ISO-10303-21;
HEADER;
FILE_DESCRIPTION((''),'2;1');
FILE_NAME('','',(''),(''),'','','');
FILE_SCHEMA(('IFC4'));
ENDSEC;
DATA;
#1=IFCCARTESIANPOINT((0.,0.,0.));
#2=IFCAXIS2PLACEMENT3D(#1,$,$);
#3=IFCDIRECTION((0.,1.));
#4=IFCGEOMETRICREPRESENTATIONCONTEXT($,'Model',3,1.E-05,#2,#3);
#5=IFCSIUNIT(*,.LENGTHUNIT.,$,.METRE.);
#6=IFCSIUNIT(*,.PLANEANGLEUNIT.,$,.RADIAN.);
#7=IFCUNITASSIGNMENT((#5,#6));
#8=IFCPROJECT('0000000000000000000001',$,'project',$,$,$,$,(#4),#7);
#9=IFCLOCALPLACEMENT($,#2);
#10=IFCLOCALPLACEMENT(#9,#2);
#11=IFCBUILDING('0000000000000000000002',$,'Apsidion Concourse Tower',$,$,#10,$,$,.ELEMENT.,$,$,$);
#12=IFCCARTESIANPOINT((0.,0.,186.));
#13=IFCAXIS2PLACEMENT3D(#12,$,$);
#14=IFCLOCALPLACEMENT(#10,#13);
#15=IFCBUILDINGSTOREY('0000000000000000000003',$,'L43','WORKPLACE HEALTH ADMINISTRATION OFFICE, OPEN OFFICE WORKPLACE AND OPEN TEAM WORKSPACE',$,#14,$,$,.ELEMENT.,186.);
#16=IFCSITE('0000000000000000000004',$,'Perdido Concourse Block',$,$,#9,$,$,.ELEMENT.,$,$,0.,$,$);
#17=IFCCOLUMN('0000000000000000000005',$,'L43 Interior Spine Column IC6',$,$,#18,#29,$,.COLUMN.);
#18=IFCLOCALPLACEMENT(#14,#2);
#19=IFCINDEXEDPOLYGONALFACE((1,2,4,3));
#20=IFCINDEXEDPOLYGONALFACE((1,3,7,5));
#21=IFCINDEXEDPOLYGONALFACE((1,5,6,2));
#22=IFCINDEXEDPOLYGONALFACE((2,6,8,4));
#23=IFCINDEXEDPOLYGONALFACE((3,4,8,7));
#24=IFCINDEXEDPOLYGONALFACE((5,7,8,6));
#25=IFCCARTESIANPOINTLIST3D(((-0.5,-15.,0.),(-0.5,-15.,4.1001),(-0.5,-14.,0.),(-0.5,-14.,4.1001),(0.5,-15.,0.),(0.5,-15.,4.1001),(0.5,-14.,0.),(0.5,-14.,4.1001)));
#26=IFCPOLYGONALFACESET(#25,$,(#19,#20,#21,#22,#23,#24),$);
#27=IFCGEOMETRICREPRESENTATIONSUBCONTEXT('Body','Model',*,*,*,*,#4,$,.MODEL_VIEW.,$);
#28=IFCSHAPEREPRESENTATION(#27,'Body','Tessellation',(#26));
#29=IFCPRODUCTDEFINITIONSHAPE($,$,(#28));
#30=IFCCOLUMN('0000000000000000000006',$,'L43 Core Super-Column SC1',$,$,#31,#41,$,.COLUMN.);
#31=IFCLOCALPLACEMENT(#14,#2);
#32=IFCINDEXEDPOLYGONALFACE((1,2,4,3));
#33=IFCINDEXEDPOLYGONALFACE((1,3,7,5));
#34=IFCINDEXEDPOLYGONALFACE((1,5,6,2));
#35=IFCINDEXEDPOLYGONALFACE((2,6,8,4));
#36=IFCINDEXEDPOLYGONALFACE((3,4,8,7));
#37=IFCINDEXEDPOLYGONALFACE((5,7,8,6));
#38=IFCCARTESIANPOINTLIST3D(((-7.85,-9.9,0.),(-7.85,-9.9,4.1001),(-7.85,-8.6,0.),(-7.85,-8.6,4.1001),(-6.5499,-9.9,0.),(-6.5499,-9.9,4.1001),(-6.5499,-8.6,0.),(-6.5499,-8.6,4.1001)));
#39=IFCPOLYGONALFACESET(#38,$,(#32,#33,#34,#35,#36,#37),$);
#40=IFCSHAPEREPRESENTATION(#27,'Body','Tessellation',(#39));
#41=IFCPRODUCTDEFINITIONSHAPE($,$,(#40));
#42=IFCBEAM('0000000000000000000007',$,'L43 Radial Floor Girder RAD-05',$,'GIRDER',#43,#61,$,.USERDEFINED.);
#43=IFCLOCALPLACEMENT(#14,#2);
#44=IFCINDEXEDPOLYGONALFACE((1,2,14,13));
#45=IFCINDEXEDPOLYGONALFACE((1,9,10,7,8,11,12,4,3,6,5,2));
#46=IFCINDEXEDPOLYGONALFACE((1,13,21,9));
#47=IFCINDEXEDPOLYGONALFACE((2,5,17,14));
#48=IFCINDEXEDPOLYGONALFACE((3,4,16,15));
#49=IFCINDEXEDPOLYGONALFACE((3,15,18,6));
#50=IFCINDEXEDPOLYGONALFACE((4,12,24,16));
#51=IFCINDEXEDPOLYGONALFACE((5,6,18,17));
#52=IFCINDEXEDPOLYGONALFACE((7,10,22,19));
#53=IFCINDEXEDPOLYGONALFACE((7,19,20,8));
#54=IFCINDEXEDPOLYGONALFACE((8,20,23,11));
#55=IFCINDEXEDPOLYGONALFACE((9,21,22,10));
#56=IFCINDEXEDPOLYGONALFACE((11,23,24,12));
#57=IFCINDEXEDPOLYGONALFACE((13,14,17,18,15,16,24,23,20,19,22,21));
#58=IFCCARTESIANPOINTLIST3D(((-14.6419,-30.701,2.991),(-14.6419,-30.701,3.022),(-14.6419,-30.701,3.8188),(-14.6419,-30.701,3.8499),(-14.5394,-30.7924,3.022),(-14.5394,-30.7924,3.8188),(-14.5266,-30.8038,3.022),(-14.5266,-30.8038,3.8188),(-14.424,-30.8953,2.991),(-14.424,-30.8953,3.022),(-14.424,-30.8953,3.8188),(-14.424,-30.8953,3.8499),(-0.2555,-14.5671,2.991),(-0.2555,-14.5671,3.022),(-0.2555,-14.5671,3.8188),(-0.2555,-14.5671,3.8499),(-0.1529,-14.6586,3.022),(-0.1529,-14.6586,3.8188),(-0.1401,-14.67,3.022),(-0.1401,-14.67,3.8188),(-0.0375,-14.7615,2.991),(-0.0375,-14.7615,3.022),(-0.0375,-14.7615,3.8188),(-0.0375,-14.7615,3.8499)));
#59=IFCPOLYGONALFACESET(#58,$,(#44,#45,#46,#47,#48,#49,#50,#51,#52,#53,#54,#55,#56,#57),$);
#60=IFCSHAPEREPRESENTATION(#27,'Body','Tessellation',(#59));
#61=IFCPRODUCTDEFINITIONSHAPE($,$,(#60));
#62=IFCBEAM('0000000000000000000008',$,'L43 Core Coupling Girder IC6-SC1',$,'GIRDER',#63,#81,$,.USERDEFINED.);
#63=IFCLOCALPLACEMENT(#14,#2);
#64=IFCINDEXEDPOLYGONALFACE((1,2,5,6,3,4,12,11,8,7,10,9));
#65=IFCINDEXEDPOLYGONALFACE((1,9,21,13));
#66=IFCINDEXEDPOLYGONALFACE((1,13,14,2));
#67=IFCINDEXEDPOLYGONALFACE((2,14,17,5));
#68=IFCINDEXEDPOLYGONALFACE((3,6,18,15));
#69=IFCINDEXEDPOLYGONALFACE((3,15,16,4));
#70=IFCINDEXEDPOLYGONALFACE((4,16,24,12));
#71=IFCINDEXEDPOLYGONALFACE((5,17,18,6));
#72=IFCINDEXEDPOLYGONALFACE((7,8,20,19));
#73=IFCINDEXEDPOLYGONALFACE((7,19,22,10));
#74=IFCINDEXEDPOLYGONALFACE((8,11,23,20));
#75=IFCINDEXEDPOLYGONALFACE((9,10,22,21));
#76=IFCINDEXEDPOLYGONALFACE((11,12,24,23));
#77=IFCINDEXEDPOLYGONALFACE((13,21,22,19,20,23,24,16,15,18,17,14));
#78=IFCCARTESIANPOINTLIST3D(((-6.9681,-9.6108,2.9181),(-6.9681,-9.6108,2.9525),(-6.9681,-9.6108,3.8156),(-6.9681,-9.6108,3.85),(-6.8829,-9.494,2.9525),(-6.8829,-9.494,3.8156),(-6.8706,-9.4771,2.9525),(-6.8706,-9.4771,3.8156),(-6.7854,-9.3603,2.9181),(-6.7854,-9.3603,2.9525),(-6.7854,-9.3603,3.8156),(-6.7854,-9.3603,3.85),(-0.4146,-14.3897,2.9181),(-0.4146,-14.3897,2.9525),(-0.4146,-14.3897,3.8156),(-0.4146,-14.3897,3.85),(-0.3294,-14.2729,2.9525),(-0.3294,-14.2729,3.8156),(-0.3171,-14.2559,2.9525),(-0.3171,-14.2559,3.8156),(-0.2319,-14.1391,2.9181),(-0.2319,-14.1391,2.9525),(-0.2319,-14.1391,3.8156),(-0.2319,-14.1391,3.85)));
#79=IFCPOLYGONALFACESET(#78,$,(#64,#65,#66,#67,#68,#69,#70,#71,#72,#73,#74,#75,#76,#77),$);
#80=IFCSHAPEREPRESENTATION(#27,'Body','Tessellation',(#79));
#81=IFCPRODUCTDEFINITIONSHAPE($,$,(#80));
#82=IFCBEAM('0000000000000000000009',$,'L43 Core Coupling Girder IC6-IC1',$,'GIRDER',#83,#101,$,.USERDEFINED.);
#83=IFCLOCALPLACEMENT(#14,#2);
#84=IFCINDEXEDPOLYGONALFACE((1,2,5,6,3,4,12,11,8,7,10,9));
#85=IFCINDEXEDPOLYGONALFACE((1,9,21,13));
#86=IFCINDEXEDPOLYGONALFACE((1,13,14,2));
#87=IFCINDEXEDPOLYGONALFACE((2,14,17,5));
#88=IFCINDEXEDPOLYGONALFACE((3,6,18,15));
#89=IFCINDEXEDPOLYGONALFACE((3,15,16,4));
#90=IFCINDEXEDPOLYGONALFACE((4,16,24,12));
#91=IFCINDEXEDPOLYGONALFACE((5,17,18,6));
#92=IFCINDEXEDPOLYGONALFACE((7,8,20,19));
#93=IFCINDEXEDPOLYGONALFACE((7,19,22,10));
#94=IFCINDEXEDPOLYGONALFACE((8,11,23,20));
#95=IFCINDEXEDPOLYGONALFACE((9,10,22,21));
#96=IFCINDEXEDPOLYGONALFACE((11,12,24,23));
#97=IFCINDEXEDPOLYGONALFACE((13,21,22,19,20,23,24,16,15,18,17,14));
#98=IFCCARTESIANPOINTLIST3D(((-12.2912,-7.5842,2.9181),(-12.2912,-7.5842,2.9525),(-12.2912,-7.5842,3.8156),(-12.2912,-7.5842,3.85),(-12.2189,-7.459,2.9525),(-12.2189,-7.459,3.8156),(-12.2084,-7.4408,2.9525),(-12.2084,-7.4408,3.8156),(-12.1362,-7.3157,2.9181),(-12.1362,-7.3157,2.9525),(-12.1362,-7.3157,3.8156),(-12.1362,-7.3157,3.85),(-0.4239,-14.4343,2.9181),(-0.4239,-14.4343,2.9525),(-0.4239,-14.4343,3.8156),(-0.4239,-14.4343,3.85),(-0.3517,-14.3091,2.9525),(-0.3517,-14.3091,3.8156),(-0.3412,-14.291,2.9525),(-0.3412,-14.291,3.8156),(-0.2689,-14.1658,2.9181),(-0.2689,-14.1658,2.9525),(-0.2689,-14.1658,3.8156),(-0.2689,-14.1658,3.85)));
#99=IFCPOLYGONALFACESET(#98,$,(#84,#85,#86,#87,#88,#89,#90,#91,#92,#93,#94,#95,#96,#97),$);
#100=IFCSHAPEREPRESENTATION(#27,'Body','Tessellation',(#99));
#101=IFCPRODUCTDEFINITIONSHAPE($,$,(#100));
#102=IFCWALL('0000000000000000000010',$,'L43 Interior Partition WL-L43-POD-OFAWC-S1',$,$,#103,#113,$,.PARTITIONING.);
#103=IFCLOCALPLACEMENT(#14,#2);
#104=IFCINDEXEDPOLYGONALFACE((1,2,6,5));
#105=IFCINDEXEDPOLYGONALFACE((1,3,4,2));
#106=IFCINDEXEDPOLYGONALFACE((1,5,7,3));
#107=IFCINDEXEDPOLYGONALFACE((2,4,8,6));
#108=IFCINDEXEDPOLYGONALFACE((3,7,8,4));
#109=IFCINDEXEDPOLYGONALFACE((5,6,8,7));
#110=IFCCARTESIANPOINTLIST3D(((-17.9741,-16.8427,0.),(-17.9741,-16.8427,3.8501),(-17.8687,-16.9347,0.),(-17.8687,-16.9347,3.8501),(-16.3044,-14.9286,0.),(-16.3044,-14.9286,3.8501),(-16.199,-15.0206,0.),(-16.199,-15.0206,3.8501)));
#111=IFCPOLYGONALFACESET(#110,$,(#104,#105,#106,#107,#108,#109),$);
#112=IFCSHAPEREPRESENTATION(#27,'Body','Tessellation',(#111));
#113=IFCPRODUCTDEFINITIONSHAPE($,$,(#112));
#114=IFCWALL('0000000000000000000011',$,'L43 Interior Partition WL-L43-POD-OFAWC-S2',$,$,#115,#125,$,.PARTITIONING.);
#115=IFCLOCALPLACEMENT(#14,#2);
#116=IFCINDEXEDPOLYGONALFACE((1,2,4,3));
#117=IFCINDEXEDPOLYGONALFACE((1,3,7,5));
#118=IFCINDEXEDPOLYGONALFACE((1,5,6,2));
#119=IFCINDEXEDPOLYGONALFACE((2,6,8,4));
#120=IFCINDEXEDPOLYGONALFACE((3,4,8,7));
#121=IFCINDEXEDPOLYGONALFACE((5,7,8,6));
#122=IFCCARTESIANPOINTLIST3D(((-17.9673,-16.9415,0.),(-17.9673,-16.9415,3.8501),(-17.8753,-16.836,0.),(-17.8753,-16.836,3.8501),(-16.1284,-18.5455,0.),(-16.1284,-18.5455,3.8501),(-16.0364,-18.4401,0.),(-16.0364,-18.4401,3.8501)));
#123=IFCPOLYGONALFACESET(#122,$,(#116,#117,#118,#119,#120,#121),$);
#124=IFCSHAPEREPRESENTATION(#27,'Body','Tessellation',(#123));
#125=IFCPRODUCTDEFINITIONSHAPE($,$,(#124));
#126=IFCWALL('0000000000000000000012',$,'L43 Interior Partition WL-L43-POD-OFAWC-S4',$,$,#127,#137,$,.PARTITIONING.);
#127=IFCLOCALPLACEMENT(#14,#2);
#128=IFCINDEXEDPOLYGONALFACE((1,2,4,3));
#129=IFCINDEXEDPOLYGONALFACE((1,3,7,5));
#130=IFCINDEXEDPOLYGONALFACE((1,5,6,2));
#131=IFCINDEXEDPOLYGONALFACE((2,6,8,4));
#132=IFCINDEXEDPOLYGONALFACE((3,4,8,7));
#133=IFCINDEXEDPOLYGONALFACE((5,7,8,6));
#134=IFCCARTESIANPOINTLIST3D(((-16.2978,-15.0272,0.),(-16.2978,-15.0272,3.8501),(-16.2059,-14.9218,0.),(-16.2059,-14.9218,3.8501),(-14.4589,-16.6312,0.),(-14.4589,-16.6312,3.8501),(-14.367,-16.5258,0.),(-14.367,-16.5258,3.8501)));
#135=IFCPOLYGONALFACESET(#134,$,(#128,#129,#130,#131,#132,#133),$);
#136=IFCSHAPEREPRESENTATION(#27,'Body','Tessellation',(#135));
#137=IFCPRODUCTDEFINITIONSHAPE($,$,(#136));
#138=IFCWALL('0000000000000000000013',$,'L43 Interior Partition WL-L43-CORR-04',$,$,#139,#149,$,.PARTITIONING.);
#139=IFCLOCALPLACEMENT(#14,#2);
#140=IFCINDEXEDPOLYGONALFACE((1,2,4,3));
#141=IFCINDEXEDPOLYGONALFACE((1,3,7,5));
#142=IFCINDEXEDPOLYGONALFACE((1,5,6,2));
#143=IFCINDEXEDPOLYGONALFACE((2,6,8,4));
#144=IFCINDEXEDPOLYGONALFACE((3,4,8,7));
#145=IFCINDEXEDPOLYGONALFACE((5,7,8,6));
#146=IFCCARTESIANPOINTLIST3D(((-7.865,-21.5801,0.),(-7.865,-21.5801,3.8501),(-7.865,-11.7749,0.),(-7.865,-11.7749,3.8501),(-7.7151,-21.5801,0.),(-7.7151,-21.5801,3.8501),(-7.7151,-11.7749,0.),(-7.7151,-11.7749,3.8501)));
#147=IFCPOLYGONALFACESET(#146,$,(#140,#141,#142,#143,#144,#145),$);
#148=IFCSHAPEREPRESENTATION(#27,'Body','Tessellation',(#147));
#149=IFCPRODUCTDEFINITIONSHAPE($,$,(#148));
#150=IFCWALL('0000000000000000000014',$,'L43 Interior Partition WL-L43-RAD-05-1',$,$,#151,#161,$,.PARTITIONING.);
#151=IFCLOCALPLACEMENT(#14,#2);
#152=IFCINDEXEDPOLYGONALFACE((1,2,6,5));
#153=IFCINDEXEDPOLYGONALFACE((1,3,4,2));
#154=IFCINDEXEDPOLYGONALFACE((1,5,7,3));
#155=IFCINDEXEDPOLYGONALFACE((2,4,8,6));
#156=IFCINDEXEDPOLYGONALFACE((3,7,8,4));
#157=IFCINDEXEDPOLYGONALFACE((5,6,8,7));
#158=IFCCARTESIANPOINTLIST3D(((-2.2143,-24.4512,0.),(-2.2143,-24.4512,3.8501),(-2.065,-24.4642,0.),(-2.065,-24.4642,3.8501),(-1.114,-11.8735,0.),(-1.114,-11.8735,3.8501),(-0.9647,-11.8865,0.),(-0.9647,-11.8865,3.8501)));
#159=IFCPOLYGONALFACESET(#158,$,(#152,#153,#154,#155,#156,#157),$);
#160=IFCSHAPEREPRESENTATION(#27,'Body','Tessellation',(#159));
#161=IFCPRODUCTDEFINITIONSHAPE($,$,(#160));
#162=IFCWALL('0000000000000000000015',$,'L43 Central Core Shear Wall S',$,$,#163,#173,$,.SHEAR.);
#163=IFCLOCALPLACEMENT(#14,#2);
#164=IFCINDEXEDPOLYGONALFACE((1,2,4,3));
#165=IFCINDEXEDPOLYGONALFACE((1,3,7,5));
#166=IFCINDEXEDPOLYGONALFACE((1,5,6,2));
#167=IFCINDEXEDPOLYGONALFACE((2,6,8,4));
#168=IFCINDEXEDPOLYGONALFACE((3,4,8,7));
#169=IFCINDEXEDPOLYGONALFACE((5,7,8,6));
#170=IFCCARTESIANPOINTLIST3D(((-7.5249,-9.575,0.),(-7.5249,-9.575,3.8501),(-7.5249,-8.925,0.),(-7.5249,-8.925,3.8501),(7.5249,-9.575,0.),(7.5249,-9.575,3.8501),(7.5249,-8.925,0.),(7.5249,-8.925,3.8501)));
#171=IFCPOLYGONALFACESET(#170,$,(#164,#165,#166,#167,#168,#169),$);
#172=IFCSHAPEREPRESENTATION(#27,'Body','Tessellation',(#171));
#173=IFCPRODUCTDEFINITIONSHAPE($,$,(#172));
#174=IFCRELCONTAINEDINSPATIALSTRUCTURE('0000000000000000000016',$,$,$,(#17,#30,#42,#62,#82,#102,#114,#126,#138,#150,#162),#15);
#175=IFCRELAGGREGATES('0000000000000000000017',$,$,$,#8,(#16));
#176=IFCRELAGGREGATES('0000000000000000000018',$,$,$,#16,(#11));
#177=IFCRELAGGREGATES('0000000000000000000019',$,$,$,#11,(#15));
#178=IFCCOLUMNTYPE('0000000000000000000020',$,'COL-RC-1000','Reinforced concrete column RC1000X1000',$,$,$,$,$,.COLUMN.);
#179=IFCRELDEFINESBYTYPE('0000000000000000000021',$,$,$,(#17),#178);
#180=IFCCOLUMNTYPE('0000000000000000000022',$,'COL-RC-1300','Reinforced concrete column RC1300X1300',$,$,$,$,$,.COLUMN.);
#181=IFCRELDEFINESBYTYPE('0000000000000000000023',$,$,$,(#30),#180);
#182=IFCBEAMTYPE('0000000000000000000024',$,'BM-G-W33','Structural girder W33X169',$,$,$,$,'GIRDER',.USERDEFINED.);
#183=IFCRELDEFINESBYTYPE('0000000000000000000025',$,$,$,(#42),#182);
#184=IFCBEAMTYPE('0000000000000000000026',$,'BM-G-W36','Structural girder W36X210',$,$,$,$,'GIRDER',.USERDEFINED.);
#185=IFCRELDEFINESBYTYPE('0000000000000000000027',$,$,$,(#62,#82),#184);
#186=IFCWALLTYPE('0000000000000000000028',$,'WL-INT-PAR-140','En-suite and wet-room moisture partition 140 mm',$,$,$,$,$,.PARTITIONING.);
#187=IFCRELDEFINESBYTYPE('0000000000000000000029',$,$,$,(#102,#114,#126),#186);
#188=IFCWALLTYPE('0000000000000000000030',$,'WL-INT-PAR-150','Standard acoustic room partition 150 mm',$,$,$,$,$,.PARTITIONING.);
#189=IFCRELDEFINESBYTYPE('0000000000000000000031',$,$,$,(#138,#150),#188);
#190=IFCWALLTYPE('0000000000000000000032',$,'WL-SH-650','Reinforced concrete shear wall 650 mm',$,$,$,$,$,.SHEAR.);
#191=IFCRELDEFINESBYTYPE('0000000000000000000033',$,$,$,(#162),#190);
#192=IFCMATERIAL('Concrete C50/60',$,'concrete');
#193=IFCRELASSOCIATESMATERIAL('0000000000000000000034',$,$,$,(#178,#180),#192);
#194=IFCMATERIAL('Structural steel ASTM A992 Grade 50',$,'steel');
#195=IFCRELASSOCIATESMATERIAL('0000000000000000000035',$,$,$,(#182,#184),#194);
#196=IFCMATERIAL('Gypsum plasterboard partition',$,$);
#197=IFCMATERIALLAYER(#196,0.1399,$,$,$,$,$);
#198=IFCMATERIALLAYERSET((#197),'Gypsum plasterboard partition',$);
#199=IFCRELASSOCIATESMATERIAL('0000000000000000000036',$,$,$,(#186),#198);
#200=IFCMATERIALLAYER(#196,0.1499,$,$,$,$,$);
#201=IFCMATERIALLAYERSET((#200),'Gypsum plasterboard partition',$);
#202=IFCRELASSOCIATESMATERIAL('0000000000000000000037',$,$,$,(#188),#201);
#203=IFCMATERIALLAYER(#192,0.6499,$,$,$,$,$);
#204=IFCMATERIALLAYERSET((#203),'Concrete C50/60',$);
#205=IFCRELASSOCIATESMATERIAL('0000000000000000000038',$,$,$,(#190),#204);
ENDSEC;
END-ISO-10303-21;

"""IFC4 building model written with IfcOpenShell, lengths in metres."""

from ifc_helpers import new_model, si_unit, direction, frame, frame_2d, origin, origin_2d, place, context, subcontext, project, spatial, rectangle, i_section, extrude, material, layer, layer_set, material_profile, profile_set, type_object, element, save


model = new_model("IFC4")

# Units and contexts
model_context = context("Model", 3, precision=1e-05, world=origin(), true_north=direction((0.0, 1.0)))
body_context = subcontext(model_context, "Body", "Model", "MODEL_VIEW")
ifc_project = project(units=[si_unit("LENGTHUNIT", "METRE"), si_unit("PLANEANGLEUNIT", "RADIAN")], contexts=[model_context])

# Site, building, storey
site_placement = place(None, origin())
site = spatial("IfcSite", under=ifc_project, at=site_placement, Name="Perdido Concourse Block", CompositionType="ELEMENT", RefElevation=0.0)
building_placement = place(site_placement, origin())
building = spatial("IfcBuilding", under=site, at=building_placement, Name="Apsidion Concourse Tower", CompositionType="ELEMENT")
storey_placement = place(building_placement, frame((0.0, 0.0, 186.0)))
storey = spatial("IfcBuildingStorey", under=building, at=storey_placement, Name="L43", Description="WORKPLACE HEALTH ADMINISTRATION OFFICE, OPEN OFFICE WORKPLACE AND OPEN TEAM WORKSPACE", CompositionType="ELEMENT", Elevation=186.0)

# Columns
ifc_material_1 = material(Name="Concrete C50/60", Category="concrete")
ifc_material_profile_1 = material_profile(ifc_material_1, rectangle(XDim=1.0, YDim=1.0, at=origin_2d()), Name="RC 1000x1000")
ifc_profile_set_1 = profile_set([ifc_material_profile_1], Name="Concrete C50/60")
column_type_1 = type_object("IfcColumnType", Name="COL-RC-1000", Description="Reinforced concrete column RC1000X1000", PredefinedType="COLUMN", material=ifc_profile_set_1)
column_1_placement = place(storey_placement, frame((0.0, -14.5, 0.0), z_axis=(0.0, 0.0, 1.0), x_axis=(1.0, 0.0, 0.0)))
element("IfcColumn", 1, at=column_1_placement, inside=storey, type_object=column_type_1, Name="L43 Interior Spine Column IC6", PredefinedType="COLUMN", context=body_context, shape_type="SweptSolid", body=[
    extrude(rectangle(XDim=1.0, YDim=1.0, at=origin_2d()), origin(), (0.0, 0.0, 1.0), 4.1001),
])
ifc_material_profile_2 = material_profile(ifc_material_1, rectangle(XDim=1.3, YDim=1.3, at=origin_2d()), Name="RC 1300x1300")
ifc_profile_set_2 = profile_set([ifc_material_profile_2], Name="Concrete C50/60")
column_type_2 = type_object("IfcColumnType", Name="COL-RC-1300", Description="Reinforced concrete column RC1300X1300", PredefinedType="COLUMN", material=ifc_profile_set_2)
column_2_placement = place(storey_placement, frame((-7.2, -9.25, 0.0), z_axis=(0.0, 0.0, 1.0), x_axis=(1.0, 0.0, 0.0)))
element("IfcColumn", 2, at=column_2_placement, inside=storey, type_object=column_type_2, Name="L43 Core Super-Column SC1", PredefinedType="COLUMN", context=body_context, shape_type="SweptSolid", body=[
    extrude(rectangle(XDim=1.3, YDim=1.3, at=origin_2d()), origin(), (0.0, 0.0, 1.0), 4.1001),
])

# Beams
ifc_material_2 = material(Name="Structural steel ASTM A992 Grade 50", Category="steel")
ifc_material_profile_3 = material_profile(ifc_material_2, i_section(OverallWidth=0.292, OverallDepth=0.8589, WebThickness=0.0171, FlangeThickness=0.031, at=origin_2d()), Name="W33X169")
ifc_profile_set_3 = profile_set([ifc_material_profile_3], Name="Structural steel ASTM A992 Grade 50")
beam_type_1 = type_object("IfcBeamType", Name="BM-G-W33", Description="Structural girder W33X169", ElementType="GIRDER", PredefinedType="USERDEFINED", material=ifc_profile_set_3)
beam_1_placement = place(storey_placement, frame((-0.1465, -14.6643, 3.4204), z_axis=(-0.665534, -0.746367, 0.0), x_axis=(0.746367, -0.665534, 0.0)))
element("IfcBeam", 3, at=beam_1_placement, inside=storey, type_object=beam_type_1, Name="L43 Radial Floor Girder RAD-05", ObjectType="GIRDER", PredefinedType="USERDEFINED", context=body_context, shape_type="SweptSolid", body=[
    extrude(i_section(OverallWidth=0.292, OverallDepth=0.8589, WebThickness=0.0171, FlangeThickness=0.031, at=origin_2d()), origin(), (0.0, 0.0, 1.0), 21.6165),
])
ifc_material_profile_4 = material_profile(ifc_material_2, i_section(OverallWidth=0.3101, OverallDepth=0.9319, WebThickness=0.021, FlangeThickness=0.0344, at=origin_2d()), Name="W36X210")
ifc_profile_set_4 = profile_set([ifc_material_profile_4], Name="Structural steel ASTM A992 Grade 50")
beam_type_2 = type_object("IfcBeamType", Name="BM-G-W36", Description="Structural girder W36X210", ElementType="GIRDER", PredefinedType="USERDEFINED", material=ifc_profile_set_4)
beam_2_placement = place(storey_placement, frame((-0.3232, -14.2644, 3.384), z_axis=(-0.807993, 0.589191, 0.0), x_axis=(-0.589191, -0.807993, 0.0)))
element("IfcBeam", 4, at=beam_2_placement, inside=storey, type_object=beam_type_2, Name="L43 Core Coupling Girder IC6-SC1", ObjectType="GIRDER", PredefinedType="USERDEFINED", context=body_context, shape_type="SweptSolid", body=[
    extrude(i_section(OverallWidth=0.3101, OverallDepth=0.9319, WebThickness=0.021, FlangeThickness=0.0344, at=origin_2d()), origin(), (0.0, 0.0, 1.0), 8.1108),
])
beam_3_placement = place(storey_placement, frame((-0.3464, -14.3, 3.384), z_axis=(-0.86607, 0.499922, 0.0), x_axis=(-0.499922, -0.86607, 0.0)))
element("IfcBeam", 5, at=beam_3_placement, inside=storey, type_object=beam_type_2, Name="L43 Core Coupling Girder IC6-IC1", ObjectType="GIRDER", PredefinedType="USERDEFINED", context=body_context, shape_type="SweptSolid", body=[
    extrude(i_section(OverallWidth=0.3101, OverallDepth=0.9319, WebThickness=0.021, FlangeThickness=0.0344, at=origin_2d()), origin(), (0.0, 0.0, 1.0), 13.7024),
])

# Walls
ifc_material_3 = material(Name="Gypsum plasterboard partition")
ifc_layer_1 = layer(ifc_material_3, 0.1399)
ifc_layer_set_1 = layer_set([ifc_layer_1], Name="Gypsum plasterboard partition")
wall_type_1 = type_object("IfcWallType", Name="WL-INT-PAR-140", Description="En-suite and wet-room moisture partition 140 mm", PredefinedType="PARTITIONING", material=ifc_layer_set_1)
wall_1_placement = place(storey_placement, frame((-16.2517, -14.9746, 0.0), z_axis=(0.0, 0.0, 1.0), x_axis=(-0.657361, -0.753576, 0.0)))
element("IfcWall", 6, at=wall_1_placement, inside=storey, type_object=wall_type_1, Name="L43 Interior Partition WL-L43-POD-OFAWC-S1", PredefinedType="PARTITIONING", context=body_context, shape_type="SweptSolid", body=[
    extrude(rectangle(XDim=2.54, YDim=0.1399, at=frame_2d((1.27, 0.0))), origin(), (0.0, 0.0, 1.0), 3.8501),
])
for number, where, z_axis, x_axis, name in (
    (7, (-17.9214, -16.8887, 0.0), (0.0, 0.0, 1.0), (0.753592, -0.657342, 0.0), "L43 Interior Partition WL-L43-POD-OFAWC-S2"),
    (8, (-14.4128, -16.5786, 0.0), (0.0, 0.0, 1.0), (-0.753592, 0.657342, 0.0), "L43 Interior Partition WL-L43-POD-OFAWC-S4"),
):
    element("IfcWall", number, at=place(storey_placement, frame(where, z_axis=z_axis, x_axis=x_axis)), inside=storey, type_object=wall_type_1, Name=name, PredefinedType="PARTITIONING", context=body_context, shape_type="SweptSolid", body=[
        extrude(rectangle(XDim=2.4402, YDim=0.1399, at=frame_2d((1.2202, 0.0))), origin(), (0.0, 0.0, 1.0), 3.8501),
    ])
ifc_layer_2 = layer(ifc_material_3, 0.1499)
ifc_layer_set_2 = layer_set([ifc_layer_2], Name="Gypsum plasterboard partition")
wall_type_2 = type_object("IfcWallType", Name="WL-INT-PAR-150", Description="Standard acoustic room partition 150 mm", PredefinedType="PARTITIONING", material=ifc_layer_set_2)
wall_2_placement = place(storey_placement, frame((-7.79, -11.7749, 0.0), z_axis=(0.0, 0.0, 1.0), x_axis=(0.0, -1.0, 0.0)))
element("IfcWall", 9, at=wall_2_placement, inside=storey, type_object=wall_type_2, Name="L43 Interior Partition WL-L43-CORR-04", PredefinedType="PARTITIONING", context=body_context, shape_type="SweptSolid", body=[
    extrude(rectangle(XDim=9.8052, YDim=0.1499, at=frame_2d((4.9026, 0.0))), origin(), (0.0, 0.0, 1.0), 3.8501),
])
wall_3_placement = place(storey_placement, frame((-1.0393, -11.8799, 0.0), z_axis=(0.0, 0.0, 1.0), x_axis=(-0.087151, -0.996195, 0.0)))
element("IfcWall", 10, at=wall_3_placement, inside=storey, type_object=wall_type_2, Name="L43 Interior Partition WL-L43-RAD-05-1", PredefinedType="PARTITIONING", context=body_context, shape_type="SweptSolid", body=[
    extrude(rectangle(XDim=12.6257, YDim=0.1499, at=frame_2d((6.313, 0.0))), origin(), (0.0, 0.0, 1.0), 3.8501),
])
ifc_layer_3 = layer(ifc_material_1, 0.6499)
ifc_layer_set_3 = layer_set([ifc_layer_3], Name="Concrete C50/60")
wall_type_3 = type_object("IfcWallType", Name="WL-SH-650", Description="Reinforced concrete shear wall 650 mm", PredefinedType="SHEAR", material=ifc_layer_set_3)
wall_4_placement = place(storey_placement, frame((-7.5249, -9.25, 0.0), z_axis=(0.0, 0.0, 1.0), x_axis=(1.0, 0.0, 0.0)))
element("IfcWall", 11, at=wall_4_placement, inside=storey, type_object=wall_type_3, Name="L43 Central Core Shear Wall S", PredefinedType="SHEAR", context=body_context, shape_type="SweptSolid", body=[
    extrude(rectangle(XDim=15.0498, YDim=0.6499, at=frame_2d((7.5249, 0.0))), origin(), (0.0, 0.0, 1.0), 3.8501),
])

save(model, "model.ifc")
